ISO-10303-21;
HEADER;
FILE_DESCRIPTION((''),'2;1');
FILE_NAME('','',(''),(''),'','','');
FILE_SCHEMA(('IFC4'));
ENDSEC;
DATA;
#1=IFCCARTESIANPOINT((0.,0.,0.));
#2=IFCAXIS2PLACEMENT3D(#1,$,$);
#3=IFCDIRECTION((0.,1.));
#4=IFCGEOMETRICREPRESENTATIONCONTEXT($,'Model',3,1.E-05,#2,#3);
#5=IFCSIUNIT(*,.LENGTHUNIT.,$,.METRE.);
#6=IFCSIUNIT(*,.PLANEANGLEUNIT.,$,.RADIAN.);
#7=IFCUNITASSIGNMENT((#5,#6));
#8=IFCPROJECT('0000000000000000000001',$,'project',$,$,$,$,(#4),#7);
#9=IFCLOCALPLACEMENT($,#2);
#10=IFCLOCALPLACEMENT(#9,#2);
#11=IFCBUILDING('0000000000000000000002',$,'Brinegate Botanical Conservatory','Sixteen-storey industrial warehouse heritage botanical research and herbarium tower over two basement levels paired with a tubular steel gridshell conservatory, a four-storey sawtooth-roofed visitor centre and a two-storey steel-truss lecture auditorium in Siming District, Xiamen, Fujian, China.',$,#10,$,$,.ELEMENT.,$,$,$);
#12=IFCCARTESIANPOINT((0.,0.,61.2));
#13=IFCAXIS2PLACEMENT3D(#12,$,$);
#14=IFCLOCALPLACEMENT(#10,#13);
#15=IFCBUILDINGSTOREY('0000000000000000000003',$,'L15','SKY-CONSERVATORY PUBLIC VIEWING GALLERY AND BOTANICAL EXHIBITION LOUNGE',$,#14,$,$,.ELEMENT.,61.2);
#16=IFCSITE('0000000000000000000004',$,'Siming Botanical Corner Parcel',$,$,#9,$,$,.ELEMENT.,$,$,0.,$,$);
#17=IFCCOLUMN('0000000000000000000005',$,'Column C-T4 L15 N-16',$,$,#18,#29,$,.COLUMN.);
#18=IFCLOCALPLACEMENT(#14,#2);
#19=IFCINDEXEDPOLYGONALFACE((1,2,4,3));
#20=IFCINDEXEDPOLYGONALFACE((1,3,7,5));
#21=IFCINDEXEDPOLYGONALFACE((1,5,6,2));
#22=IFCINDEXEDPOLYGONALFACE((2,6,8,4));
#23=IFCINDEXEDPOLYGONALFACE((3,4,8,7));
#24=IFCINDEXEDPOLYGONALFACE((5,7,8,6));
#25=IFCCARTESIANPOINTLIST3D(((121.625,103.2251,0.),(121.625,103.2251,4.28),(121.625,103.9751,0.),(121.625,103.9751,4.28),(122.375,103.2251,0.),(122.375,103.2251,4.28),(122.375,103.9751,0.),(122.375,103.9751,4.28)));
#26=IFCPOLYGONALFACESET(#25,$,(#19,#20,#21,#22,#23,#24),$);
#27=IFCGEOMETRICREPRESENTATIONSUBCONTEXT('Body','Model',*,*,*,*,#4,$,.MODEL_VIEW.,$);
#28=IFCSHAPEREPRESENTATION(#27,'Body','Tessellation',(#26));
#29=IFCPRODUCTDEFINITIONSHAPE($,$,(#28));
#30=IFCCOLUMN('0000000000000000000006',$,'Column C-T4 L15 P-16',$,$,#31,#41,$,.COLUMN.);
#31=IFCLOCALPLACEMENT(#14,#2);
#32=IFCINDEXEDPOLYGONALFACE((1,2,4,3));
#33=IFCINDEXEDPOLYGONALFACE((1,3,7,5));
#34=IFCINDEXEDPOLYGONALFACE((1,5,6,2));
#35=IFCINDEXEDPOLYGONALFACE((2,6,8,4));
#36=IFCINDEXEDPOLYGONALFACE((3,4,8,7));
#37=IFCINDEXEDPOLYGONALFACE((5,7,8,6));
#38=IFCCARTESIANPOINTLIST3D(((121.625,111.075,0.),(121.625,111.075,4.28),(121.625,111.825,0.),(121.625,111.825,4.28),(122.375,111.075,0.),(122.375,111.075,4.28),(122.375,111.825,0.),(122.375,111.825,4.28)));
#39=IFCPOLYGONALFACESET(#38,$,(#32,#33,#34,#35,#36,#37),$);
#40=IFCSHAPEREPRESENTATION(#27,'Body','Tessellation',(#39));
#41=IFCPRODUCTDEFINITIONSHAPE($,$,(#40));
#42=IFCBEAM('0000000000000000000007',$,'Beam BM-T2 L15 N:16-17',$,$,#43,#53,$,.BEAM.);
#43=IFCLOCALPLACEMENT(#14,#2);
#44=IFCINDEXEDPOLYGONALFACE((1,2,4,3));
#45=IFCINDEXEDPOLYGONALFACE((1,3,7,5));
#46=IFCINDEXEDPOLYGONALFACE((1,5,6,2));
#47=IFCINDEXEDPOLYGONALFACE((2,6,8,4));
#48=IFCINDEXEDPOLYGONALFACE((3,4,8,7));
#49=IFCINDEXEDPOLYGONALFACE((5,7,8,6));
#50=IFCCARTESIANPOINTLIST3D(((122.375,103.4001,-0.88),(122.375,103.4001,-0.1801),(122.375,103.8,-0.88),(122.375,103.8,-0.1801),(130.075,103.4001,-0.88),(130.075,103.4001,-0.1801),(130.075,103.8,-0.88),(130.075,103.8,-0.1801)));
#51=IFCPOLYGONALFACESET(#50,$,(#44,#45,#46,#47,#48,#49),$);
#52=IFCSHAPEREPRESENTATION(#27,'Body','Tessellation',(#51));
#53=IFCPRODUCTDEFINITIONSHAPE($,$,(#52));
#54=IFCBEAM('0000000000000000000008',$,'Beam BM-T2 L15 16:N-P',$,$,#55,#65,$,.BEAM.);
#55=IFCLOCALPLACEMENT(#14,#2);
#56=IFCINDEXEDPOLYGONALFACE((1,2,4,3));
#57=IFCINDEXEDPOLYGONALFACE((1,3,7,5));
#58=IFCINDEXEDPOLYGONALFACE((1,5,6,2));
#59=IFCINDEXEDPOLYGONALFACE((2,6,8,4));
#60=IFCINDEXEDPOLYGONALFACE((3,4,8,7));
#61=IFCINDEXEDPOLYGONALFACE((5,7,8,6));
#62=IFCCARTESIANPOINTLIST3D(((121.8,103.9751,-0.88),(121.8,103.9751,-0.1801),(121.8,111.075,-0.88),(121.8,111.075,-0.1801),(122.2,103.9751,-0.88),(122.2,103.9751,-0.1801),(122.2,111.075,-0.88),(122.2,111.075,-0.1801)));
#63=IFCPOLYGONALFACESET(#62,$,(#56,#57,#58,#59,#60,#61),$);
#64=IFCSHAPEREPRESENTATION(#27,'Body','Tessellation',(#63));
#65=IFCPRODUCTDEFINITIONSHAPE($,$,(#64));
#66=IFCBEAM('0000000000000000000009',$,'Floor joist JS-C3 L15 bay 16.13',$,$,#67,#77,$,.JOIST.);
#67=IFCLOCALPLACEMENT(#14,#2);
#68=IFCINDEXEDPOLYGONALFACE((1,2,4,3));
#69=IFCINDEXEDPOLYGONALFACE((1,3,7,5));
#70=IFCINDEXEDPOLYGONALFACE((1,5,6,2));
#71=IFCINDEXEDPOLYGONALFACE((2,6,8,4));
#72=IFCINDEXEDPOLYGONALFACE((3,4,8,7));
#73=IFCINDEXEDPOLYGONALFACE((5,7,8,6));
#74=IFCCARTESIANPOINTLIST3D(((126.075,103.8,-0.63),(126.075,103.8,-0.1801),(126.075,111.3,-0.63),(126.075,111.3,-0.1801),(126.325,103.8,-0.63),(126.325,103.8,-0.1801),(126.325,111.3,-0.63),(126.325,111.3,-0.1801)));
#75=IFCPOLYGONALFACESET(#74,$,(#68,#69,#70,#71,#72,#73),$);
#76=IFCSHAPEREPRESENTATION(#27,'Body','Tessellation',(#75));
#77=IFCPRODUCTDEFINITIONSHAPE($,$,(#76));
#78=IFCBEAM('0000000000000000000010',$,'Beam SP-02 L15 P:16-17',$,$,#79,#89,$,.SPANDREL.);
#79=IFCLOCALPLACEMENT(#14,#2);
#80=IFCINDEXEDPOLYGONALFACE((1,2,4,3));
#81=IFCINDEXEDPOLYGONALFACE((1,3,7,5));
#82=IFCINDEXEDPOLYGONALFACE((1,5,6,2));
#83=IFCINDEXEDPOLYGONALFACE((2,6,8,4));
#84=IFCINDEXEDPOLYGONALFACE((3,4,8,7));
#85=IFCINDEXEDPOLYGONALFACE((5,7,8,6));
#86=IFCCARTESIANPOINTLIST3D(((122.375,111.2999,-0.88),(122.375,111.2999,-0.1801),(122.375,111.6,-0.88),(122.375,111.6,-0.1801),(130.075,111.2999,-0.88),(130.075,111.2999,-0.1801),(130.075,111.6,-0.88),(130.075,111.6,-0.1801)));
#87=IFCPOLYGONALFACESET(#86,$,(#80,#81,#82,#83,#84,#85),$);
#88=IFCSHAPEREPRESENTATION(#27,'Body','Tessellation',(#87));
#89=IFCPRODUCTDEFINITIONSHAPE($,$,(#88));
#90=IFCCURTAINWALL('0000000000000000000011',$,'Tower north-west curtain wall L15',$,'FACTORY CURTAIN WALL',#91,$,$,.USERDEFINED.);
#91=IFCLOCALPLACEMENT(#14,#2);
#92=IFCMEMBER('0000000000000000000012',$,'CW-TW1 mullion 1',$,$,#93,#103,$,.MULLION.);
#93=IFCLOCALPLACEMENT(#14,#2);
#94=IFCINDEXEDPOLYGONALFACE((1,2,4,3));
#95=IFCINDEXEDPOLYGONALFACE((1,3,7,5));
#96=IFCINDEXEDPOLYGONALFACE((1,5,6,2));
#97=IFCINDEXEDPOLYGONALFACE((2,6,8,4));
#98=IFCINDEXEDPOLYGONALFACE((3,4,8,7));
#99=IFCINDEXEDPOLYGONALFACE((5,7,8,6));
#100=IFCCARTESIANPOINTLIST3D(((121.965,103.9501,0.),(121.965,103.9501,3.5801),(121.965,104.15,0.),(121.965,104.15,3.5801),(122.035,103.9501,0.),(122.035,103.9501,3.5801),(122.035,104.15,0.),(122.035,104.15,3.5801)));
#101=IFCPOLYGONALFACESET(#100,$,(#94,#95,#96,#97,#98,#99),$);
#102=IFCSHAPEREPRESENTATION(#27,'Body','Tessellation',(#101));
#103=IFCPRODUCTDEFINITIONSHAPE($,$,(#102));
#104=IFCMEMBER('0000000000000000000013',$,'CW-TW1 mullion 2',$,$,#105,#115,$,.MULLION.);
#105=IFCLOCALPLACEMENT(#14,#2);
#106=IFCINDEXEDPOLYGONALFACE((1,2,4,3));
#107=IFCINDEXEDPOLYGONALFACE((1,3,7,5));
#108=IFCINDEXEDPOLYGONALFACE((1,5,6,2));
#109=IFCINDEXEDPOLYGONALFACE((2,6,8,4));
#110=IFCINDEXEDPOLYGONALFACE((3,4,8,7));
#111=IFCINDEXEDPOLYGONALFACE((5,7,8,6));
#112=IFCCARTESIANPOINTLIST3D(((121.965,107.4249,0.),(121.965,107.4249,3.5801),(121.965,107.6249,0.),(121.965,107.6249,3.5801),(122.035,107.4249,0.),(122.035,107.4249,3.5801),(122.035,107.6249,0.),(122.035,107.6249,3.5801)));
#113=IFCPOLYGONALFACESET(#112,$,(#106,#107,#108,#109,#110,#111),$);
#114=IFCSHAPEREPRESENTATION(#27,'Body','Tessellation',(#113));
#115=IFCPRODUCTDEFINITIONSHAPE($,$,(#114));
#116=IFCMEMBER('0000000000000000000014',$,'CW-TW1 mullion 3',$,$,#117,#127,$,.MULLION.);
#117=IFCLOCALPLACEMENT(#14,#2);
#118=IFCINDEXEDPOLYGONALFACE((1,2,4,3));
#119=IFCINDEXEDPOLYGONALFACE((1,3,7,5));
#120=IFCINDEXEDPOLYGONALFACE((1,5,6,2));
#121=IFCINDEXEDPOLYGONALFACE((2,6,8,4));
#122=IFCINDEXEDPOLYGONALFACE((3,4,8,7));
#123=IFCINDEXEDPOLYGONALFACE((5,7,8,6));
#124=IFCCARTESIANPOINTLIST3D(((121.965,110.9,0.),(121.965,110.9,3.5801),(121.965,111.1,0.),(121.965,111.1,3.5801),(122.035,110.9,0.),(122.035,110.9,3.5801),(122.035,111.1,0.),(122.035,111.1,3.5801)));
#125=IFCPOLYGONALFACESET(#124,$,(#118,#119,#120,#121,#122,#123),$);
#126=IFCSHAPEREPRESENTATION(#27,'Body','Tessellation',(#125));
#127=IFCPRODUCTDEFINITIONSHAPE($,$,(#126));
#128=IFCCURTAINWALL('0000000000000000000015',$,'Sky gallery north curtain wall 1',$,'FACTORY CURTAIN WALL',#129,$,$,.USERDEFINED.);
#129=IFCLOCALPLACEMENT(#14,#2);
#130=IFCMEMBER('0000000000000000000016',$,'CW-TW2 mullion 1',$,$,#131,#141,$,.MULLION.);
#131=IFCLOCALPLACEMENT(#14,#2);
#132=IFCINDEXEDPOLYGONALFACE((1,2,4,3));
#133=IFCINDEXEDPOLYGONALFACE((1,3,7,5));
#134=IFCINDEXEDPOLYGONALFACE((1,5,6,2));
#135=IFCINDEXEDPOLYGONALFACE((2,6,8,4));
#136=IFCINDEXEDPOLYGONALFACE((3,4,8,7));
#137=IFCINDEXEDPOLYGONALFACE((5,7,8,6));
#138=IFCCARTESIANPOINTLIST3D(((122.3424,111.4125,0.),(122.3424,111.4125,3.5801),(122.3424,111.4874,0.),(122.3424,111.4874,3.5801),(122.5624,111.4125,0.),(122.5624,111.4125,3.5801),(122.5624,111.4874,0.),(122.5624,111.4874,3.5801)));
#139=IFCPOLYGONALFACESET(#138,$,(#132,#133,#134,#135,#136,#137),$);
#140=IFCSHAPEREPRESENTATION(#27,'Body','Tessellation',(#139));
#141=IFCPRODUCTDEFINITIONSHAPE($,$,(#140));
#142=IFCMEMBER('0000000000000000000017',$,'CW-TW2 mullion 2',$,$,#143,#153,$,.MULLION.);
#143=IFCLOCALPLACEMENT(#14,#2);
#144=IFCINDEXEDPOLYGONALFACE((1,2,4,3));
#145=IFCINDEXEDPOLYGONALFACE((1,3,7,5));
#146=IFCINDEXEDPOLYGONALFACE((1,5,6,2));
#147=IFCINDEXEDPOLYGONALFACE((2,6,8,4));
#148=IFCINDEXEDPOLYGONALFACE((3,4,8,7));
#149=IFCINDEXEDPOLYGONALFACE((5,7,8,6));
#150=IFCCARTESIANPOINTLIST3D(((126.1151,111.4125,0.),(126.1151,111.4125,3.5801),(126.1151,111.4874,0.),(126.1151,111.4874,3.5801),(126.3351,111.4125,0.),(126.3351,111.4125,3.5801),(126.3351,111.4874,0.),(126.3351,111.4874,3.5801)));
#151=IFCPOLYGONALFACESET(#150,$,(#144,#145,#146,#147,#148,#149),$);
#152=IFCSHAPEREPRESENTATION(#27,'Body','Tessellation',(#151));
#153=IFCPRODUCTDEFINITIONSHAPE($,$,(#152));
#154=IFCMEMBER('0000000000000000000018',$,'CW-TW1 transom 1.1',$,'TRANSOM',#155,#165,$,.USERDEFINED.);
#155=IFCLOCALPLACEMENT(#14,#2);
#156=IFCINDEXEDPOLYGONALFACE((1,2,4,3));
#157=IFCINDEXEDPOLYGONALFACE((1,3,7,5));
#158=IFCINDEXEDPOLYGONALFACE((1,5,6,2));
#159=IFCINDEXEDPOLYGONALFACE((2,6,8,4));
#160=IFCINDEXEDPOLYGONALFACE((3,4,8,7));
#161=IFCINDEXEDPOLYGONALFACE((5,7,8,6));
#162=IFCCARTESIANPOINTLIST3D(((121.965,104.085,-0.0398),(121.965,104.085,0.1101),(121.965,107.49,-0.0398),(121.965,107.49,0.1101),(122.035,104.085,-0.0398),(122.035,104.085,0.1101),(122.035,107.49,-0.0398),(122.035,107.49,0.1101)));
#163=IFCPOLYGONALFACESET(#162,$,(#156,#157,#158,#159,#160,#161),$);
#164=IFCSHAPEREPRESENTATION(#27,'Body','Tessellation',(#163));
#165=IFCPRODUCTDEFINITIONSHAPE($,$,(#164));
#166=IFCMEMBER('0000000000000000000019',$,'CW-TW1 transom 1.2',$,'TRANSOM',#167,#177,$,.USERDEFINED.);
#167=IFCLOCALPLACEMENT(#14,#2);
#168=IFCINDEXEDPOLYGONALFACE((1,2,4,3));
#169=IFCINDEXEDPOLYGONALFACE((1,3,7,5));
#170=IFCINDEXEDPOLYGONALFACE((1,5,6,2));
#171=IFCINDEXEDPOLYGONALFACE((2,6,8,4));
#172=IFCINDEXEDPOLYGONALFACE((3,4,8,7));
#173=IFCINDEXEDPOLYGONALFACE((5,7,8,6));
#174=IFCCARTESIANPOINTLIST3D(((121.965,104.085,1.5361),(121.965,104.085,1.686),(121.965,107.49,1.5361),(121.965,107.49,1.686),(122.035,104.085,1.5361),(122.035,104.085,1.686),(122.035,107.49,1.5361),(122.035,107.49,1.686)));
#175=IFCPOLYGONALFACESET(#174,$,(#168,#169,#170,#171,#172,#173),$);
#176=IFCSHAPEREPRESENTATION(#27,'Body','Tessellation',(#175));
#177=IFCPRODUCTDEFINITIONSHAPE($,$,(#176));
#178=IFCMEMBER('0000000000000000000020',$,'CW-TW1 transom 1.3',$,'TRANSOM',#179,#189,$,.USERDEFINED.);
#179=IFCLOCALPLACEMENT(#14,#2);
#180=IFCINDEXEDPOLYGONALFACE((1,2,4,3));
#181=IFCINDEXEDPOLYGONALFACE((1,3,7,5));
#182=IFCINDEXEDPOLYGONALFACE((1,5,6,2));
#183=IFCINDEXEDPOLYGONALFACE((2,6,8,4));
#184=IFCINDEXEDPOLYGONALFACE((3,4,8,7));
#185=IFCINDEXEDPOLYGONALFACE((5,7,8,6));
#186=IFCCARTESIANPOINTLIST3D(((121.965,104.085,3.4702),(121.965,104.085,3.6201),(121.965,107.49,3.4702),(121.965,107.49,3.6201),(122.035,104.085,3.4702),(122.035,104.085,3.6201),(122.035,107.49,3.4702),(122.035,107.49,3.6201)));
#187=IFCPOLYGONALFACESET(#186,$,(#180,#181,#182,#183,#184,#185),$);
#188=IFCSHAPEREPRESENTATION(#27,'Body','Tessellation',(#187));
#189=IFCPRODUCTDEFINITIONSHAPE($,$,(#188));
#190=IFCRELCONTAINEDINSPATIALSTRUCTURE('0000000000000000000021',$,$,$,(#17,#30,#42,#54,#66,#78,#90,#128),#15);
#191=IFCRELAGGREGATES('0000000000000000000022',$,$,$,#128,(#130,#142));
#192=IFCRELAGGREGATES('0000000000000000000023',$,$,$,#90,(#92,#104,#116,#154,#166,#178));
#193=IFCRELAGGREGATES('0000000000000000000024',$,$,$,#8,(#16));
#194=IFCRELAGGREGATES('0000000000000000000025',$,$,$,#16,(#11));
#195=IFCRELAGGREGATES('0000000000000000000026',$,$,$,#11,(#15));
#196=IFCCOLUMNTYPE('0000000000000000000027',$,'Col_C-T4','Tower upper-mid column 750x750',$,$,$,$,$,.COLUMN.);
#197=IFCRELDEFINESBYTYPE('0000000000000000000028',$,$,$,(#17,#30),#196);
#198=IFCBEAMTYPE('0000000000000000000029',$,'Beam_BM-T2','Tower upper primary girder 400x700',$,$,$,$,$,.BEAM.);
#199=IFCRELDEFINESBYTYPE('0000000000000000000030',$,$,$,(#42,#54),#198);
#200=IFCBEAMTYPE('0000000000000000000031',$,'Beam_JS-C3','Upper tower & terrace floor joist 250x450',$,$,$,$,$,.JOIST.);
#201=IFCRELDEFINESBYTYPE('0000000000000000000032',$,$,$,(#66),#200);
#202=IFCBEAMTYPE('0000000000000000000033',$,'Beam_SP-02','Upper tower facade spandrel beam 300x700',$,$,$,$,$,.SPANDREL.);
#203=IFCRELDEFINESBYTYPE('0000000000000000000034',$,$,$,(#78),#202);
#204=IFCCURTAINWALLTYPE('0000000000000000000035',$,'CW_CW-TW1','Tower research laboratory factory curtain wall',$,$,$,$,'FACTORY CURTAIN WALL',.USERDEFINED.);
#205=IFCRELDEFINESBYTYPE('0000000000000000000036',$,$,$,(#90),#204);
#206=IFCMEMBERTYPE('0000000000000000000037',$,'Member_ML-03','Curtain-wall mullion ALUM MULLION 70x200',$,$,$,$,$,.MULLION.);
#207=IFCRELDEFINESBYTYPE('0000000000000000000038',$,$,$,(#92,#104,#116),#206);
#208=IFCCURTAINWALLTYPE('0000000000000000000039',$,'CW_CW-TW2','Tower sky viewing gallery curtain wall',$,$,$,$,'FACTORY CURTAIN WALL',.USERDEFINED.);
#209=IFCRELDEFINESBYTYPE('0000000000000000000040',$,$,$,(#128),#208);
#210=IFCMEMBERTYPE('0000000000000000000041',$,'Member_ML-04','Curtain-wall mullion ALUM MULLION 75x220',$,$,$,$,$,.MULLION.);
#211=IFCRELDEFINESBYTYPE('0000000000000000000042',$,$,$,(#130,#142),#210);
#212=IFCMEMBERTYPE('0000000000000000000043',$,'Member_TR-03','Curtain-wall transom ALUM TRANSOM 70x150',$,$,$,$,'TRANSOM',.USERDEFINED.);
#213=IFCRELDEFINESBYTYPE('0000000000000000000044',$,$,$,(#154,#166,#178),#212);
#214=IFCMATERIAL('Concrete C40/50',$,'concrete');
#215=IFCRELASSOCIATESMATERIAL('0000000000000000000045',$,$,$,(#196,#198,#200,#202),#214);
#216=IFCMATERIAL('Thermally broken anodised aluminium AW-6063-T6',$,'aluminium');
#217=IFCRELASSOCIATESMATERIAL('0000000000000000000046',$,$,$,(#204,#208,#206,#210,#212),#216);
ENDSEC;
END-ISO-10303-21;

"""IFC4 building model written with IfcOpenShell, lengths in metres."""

from ifc_helpers import new_model, si_unit, direction, frame, origin, origin_2d, place, context, subcontext, project, spatial, rectangle, extrude, material, material_profile, profile_set, type_object, element, aggregate, save


model = new_model("IFC4")

# Units and contexts
model_context = context("Model", 3, precision=1e-05, world=origin(), true_north=direction((0.0, 1.0)))
body_context = subcontext(model_context, "Body", "Model", "MODEL_VIEW")
ifc_project = project(units=[si_unit("LENGTHUNIT", "METRE"), si_unit("PLANEANGLEUNIT", "RADIAN")], contexts=[model_context])

# Site, building, storey
site_placement = place(None, origin())
site = spatial("IfcSite", under=ifc_project, at=site_placement, Name="Siming Botanical Corner Parcel", CompositionType="ELEMENT", RefElevation=0.0)
building_placement = place(site_placement, origin())
building = spatial("IfcBuilding", under=site, at=building_placement, Name="Brinegate Botanical Conservatory", Description="Sixteen-storey industrial warehouse heritage botanical research and herbarium tower over two basement levels paired with a tubular steel gridshell conservatory, a four-storey sawtooth-roofed visitor centre and a two-storey steel-truss lecture auditorium in Siming District, Xiamen, Fujian, China.", CompositionType="ELEMENT")
storey_placement = place(building_placement, frame((0.0, 0.0, 61.2)))
storey = spatial("IfcBuildingStorey", under=building, at=storey_placement, Name="L15", Description="SKY-CONSERVATORY PUBLIC VIEWING GALLERY AND BOTANICAL EXHIBITION LOUNGE", CompositionType="ELEMENT", Elevation=61.2)

# Columns
ifc_material_1 = material(Name="Concrete C40/50", Category="concrete")
ifc_material_profile_1 = material_profile(ifc_material_1, rectangle(XDim=0.75, YDim=0.75, at=origin_2d()), Name="RC COL 750x750")
ifc_profile_set_1 = profile_set([ifc_material_profile_1], Name="Concrete C40/50")
column_type = type_object("IfcColumnType", Name="Col_C-T4", Description="Tower upper-mid column 750x750", PredefinedType="COLUMN", material=ifc_profile_set_1)
for number, where, z_axis, x_axis, name in (
    (1, (122.0, 103.6001, 0.0), (0.0, 0.0, 1.0), (1.0, 0.0, 0.0), "Column C-T4 L15 N-16"),
    (2, (122.0, 111.45, 0.0), (0.0, 0.0, 1.0), (1.0, 0.0, 0.0), "Column C-T4 L15 P-16"),
):
    element("IfcColumn", number, at=place(storey_placement, frame(where, z_axis=z_axis, x_axis=x_axis)), inside=storey, type_object=column_type, Name=name, PredefinedType="COLUMN", context=body_context, shape_type="SweptSolid", body=[
        extrude(rectangle(XDim=0.75, YDim=0.75, at=origin_2d()), origin(), (0.0, 0.0, 1.0), 4.28),
    ])

# Beams
ifc_material_profile_2 = material_profile(ifc_material_1, rectangle(XDim=0.3999, YDim=0.7, at=origin_2d()), Name="RC BM 400x700")
ifc_profile_set_2 = profile_set([ifc_material_profile_2], Name="Concrete C40/50")
beam_type_1 = type_object("IfcBeamType", Name="Beam_BM-T2", Description="Tower upper primary girder 400x700", PredefinedType="BEAM", material=ifc_profile_set_2)
beam_1_placement = place(storey_placement, frame((122.375, 103.6001, -0.53), z_axis=(1.0, 0.0, 0.0), x_axis=(0.0, 1.0, 0.0)))
element("IfcBeam", 3, at=beam_1_placement, inside=storey, type_object=beam_type_1, Name="Beam BM-T2 L15 N:16-17", PredefinedType="BEAM", context=body_context, shape_type="SweptSolid", body=[
    extrude(rectangle(XDim=0.3999, YDim=0.7, at=origin_2d()), origin(), (0.0, 0.0, 1.0), 7.7),
])
beam_2_placement = place(storey_placement, frame((122.0, 103.9751, -0.53), z_axis=(0.0, 1.0, 0.0), x_axis=(-1.0, 0.0, 0.0)))
element("IfcBeam", 4, at=beam_2_placement, inside=storey, type_object=beam_type_1, Name="Beam BM-T2 L15 16:N-P", PredefinedType="BEAM", context=body_context, shape_type="SweptSolid", body=[
    extrude(rectangle(XDim=0.3999, YDim=0.7, at=origin_2d()), origin(), (0.0, 0.0, 1.0), 7.0999),
])
ifc_material_profile_3 = material_profile(ifc_material_1, rectangle(XDim=0.25, YDim=0.45, at=origin_2d()), Name="RC JST 250x450")
ifc_profile_set_3 = profile_set([ifc_material_profile_3], Name="Concrete C40/50")
beam_type_2 = type_object("IfcBeamType", Name="Beam_JS-C3", Description="Upper tower & terrace floor joist 250x450", PredefinedType="JOIST", material=ifc_profile_set_3)
beam_3_placement = place(storey_placement, frame((126.2, 103.8, -0.405), z_axis=(0.0, 1.0, 0.0), x_axis=(-1.0, 0.0, 0.0)))
element("IfcBeam", 5, at=beam_3_placement, inside=storey, type_object=beam_type_2, Name="Floor joist JS-C3 L15 bay 16.13", PredefinedType="JOIST", context=body_context, shape_type="SweptSolid", body=[
    extrude(rectangle(XDim=0.25, YDim=0.45, at=origin_2d()), origin(), (0.0, 0.0, 1.0), 7.5),
])
ifc_material_profile_4 = material_profile(ifc_material_1, rectangle(XDim=0.3, YDim=0.7, at=origin_2d()), Name="RC SPN 300x700")
ifc_profile_set_4 = profile_set([ifc_material_profile_4], Name="Concrete C40/50")
beam_type_3 = type_object("IfcBeamType", Name="Beam_SP-02", Description="Upper tower facade spandrel beam 300x700", PredefinedType="SPANDREL", material=ifc_profile_set_4)
beam_4_placement = place(storey_placement, frame((122.375, 111.45, -0.53), z_axis=(1.0, 0.0, 0.0), x_axis=(0.0, 1.0, 0.0)))
element("IfcBeam", 6, at=beam_4_placement, inside=storey, type_object=beam_type_3, Name="Beam SP-02 L15 P:16-17", PredefinedType="SPANDREL", context=body_context, shape_type="SweptSolid", body=[
    extrude(rectangle(XDim=0.3, YDim=0.7, at=origin_2d()), origin(), (0.0, 0.0, 1.0), 7.7),
])

# Curtain walls, members
ifc_material_2 = material(Name="Thermally broken anodised aluminium AW-6063-T6", Category="aluminium")
curtain_wall_type_1 = type_object("IfcCurtainWallType", Name="CW_CW-TW1", Description="Tower research laboratory factory curtain wall", ElementType="FACTORY CURTAIN WALL", PredefinedType="USERDEFINED", material=ifc_material_2)
curtain_wall_1_placement = place(storey_placement, origin())
curtain_wall_1 = element("IfcCurtainWall", 7, at=curtain_wall_1_placement, inside=storey, type_object=curtain_wall_type_1, Name="Tower north-west curtain wall L15", ObjectType="FACTORY CURTAIN WALL", PredefinedType="USERDEFINED")
ifc_material_profile_5 = material_profile(ifc_material_2, rectangle(XDim=0.0701, YDim=0.2, at=origin_2d()), Name="ALUM MULLION 70x200")
ifc_profile_set_5 = profile_set([ifc_material_profile_5], Name="Thermally broken anodised aluminium AW-6063-T6")
member_type_1 = type_object("IfcMemberType", Name="Member_ML-03", Description="Curtain-wall mullion ALUM MULLION 70x200", PredefinedType="MULLION", material=ifc_profile_set_5)
member_1_placement = place(storey_placement, frame((122.0, 104.05, 0.0), z_axis=(0.0, 0.0, 1.0), x_axis=(-1.0, 0.0, 0.0)))
member_1 = element("IfcMember", 8, at=member_1_placement, type_object=member_type_1, Name="CW-TW1 mullion 1", PredefinedType="MULLION", context=body_context, shape_type="SweptSolid", body=[
    extrude(rectangle(XDim=0.0701, YDim=0.2, at=origin_2d()), origin(), (0.0, 0.0, 1.0), 3.5801),
])
member_2_placement = place(storey_placement, frame((122.0, 107.5249, 0.0), z_axis=(0.0, 0.0, 1.0), x_axis=(-1.0, 0.0, 0.0)))
member_2 = element("IfcMember", 9, at=member_2_placement, type_object=member_type_1, Name="CW-TW1 mullion 2", PredefinedType="MULLION", context=body_context, shape_type="SweptSolid", body=[
    extrude(rectangle(XDim=0.0701, YDim=0.2, at=origin_2d()), origin(), (0.0, 0.0, 1.0), 3.5801),
])
member_3_placement = place(storey_placement, frame((122.0, 111.0, 0.0), z_axis=(0.0, 0.0, 1.0), x_axis=(-1.0, 0.0, 0.0)))
member_3 = element("IfcMember", 10, at=member_3_placement, type_object=member_type_1, Name="CW-TW1 mullion 3", PredefinedType="MULLION", context=body_context, shape_type="SweptSolid", body=[
    extrude(rectangle(XDim=0.0701, YDim=0.2, at=origin_2d()), origin(), (0.0, 0.0, 1.0), 3.5801),
])
curtain_wall_type_2 = type_object("IfcCurtainWallType", Name="CW_CW-TW2", Description="Tower sky viewing gallery curtain wall", ElementType="FACTORY CURTAIN WALL", PredefinedType="USERDEFINED", material=ifc_material_2)
curtain_wall_2_placement = place(storey_placement, origin())
curtain_wall_2 = element("IfcCurtainWall", 11, at=curtain_wall_2_placement, inside=storey, type_object=curtain_wall_type_2, Name="Sky gallery north curtain wall 1", ObjectType="FACTORY CURTAIN WALL", PredefinedType="USERDEFINED")
ifc_material_profile_6 = material_profile(ifc_material_2, rectangle(XDim=0.075, YDim=0.22, at=origin_2d()), Name="ALUM MULLION 75x220")
ifc_profile_set_6 = profile_set([ifc_material_profile_6], Name="Thermally broken anodised aluminium AW-6063-T6")
member_type_2 = type_object("IfcMemberType", Name="Member_ML-04", Description="Curtain-wall mullion ALUM MULLION 75x220", PredefinedType="MULLION", material=ifc_profile_set_6)
member_4_placement = place(storey_placement, frame((122.4524, 111.45, 0.0), z_axis=(0.0, 0.0, 1.0), x_axis=(0.0, 1.0, 0.0)))
member_4 = element("IfcMember", 12, at=member_4_placement, type_object=member_type_2, Name="CW-TW2 mullion 1", PredefinedType="MULLION", context=body_context, shape_type="SweptSolid", body=[
    extrude(rectangle(XDim=0.075, YDim=0.22, at=origin_2d()), origin(), (0.0, 0.0, 1.0), 3.5801),
])
member_5_placement = place(storey_placement, frame((126.2251, 111.45, 0.0), z_axis=(0.0, 0.0, 1.0), x_axis=(0.0, 1.0, 0.0)))
member_5 = element("IfcMember", 13, at=member_5_placement, type_object=member_type_2, Name="CW-TW2 mullion 2", PredefinedType="MULLION", context=body_context, shape_type="SweptSolid", body=[
    extrude(rectangle(XDim=0.075, YDim=0.22, at=origin_2d()), origin(), (0.0, 0.0, 1.0), 3.5801),
])

# Members
ifc_material_profile_7 = material_profile(ifc_material_2, rectangle(XDim=0.0701, YDim=0.1499, at=origin_2d()), Name="ALUM TRANSOM 70x150")
ifc_profile_set_7 = profile_set([ifc_material_profile_7], Name="Thermally broken anodised aluminium AW-6063-T6")
member_type_3 = type_object("IfcMemberType", Name="Member_TR-03", Description="Curtain-wall transom ALUM TRANSOM 70x150", ElementType="TRANSOM", PredefinedType="USERDEFINED", material=ifc_profile_set_7)
member_6_placement = place(storey_placement, frame((122.0, 104.085, 0.0352), z_axis=(0.0, 1.0, 0.0), x_axis=(-1.0, 0.0, 0.0)))
member_6 = element("IfcMember", 14, at=member_6_placement, type_object=member_type_3, Name="CW-TW1 transom 1.1", ObjectType="TRANSOM", PredefinedType="USERDEFINED", context=body_context, shape_type="SweptSolid", body=[
    extrude(rectangle(XDim=0.0701, YDim=0.1499, at=origin_2d()), origin(), (0.0, 0.0, 1.0), 3.405),
])
member_7_placement = place(storey_placement, frame((122.0, 104.085, 1.6111), z_axis=(0.0, 1.0, 0.0), x_axis=(-1.0, 0.0, 0.0)))
member_7 = element("IfcMember", 15, at=member_7_placement, type_object=member_type_3, Name="CW-TW1 transom 1.2", ObjectType="TRANSOM", PredefinedType="USERDEFINED", context=body_context, shape_type="SweptSolid", body=[
    extrude(rectangle(XDim=0.0701, YDim=0.1499, at=origin_2d()), origin(), (0.0, 0.0, 1.0), 3.405),
])
member_8_placement = place(storey_placement, frame((122.0, 104.085, 3.5452), z_axis=(0.0, 1.0, 0.0), x_axis=(-1.0, 0.0, 0.0)))
member_8 = element("IfcMember", 16, at=member_8_placement, type_object=member_type_3, Name="CW-TW1 transom 1.3", ObjectType="TRANSOM", PredefinedType="USERDEFINED", context=body_context, shape_type="SweptSolid", body=[
    extrude(rectangle(XDim=0.0701, YDim=0.1499, at=origin_2d()), origin(), (0.0, 0.0, 1.0), 3.405),
])

aggregate(curtain_wall_2, [member_4, member_5])
aggregate(curtain_wall_1, [member_1, member_2, member_3, member_6, member_7, member_8])

save(model, "model.ifc")
